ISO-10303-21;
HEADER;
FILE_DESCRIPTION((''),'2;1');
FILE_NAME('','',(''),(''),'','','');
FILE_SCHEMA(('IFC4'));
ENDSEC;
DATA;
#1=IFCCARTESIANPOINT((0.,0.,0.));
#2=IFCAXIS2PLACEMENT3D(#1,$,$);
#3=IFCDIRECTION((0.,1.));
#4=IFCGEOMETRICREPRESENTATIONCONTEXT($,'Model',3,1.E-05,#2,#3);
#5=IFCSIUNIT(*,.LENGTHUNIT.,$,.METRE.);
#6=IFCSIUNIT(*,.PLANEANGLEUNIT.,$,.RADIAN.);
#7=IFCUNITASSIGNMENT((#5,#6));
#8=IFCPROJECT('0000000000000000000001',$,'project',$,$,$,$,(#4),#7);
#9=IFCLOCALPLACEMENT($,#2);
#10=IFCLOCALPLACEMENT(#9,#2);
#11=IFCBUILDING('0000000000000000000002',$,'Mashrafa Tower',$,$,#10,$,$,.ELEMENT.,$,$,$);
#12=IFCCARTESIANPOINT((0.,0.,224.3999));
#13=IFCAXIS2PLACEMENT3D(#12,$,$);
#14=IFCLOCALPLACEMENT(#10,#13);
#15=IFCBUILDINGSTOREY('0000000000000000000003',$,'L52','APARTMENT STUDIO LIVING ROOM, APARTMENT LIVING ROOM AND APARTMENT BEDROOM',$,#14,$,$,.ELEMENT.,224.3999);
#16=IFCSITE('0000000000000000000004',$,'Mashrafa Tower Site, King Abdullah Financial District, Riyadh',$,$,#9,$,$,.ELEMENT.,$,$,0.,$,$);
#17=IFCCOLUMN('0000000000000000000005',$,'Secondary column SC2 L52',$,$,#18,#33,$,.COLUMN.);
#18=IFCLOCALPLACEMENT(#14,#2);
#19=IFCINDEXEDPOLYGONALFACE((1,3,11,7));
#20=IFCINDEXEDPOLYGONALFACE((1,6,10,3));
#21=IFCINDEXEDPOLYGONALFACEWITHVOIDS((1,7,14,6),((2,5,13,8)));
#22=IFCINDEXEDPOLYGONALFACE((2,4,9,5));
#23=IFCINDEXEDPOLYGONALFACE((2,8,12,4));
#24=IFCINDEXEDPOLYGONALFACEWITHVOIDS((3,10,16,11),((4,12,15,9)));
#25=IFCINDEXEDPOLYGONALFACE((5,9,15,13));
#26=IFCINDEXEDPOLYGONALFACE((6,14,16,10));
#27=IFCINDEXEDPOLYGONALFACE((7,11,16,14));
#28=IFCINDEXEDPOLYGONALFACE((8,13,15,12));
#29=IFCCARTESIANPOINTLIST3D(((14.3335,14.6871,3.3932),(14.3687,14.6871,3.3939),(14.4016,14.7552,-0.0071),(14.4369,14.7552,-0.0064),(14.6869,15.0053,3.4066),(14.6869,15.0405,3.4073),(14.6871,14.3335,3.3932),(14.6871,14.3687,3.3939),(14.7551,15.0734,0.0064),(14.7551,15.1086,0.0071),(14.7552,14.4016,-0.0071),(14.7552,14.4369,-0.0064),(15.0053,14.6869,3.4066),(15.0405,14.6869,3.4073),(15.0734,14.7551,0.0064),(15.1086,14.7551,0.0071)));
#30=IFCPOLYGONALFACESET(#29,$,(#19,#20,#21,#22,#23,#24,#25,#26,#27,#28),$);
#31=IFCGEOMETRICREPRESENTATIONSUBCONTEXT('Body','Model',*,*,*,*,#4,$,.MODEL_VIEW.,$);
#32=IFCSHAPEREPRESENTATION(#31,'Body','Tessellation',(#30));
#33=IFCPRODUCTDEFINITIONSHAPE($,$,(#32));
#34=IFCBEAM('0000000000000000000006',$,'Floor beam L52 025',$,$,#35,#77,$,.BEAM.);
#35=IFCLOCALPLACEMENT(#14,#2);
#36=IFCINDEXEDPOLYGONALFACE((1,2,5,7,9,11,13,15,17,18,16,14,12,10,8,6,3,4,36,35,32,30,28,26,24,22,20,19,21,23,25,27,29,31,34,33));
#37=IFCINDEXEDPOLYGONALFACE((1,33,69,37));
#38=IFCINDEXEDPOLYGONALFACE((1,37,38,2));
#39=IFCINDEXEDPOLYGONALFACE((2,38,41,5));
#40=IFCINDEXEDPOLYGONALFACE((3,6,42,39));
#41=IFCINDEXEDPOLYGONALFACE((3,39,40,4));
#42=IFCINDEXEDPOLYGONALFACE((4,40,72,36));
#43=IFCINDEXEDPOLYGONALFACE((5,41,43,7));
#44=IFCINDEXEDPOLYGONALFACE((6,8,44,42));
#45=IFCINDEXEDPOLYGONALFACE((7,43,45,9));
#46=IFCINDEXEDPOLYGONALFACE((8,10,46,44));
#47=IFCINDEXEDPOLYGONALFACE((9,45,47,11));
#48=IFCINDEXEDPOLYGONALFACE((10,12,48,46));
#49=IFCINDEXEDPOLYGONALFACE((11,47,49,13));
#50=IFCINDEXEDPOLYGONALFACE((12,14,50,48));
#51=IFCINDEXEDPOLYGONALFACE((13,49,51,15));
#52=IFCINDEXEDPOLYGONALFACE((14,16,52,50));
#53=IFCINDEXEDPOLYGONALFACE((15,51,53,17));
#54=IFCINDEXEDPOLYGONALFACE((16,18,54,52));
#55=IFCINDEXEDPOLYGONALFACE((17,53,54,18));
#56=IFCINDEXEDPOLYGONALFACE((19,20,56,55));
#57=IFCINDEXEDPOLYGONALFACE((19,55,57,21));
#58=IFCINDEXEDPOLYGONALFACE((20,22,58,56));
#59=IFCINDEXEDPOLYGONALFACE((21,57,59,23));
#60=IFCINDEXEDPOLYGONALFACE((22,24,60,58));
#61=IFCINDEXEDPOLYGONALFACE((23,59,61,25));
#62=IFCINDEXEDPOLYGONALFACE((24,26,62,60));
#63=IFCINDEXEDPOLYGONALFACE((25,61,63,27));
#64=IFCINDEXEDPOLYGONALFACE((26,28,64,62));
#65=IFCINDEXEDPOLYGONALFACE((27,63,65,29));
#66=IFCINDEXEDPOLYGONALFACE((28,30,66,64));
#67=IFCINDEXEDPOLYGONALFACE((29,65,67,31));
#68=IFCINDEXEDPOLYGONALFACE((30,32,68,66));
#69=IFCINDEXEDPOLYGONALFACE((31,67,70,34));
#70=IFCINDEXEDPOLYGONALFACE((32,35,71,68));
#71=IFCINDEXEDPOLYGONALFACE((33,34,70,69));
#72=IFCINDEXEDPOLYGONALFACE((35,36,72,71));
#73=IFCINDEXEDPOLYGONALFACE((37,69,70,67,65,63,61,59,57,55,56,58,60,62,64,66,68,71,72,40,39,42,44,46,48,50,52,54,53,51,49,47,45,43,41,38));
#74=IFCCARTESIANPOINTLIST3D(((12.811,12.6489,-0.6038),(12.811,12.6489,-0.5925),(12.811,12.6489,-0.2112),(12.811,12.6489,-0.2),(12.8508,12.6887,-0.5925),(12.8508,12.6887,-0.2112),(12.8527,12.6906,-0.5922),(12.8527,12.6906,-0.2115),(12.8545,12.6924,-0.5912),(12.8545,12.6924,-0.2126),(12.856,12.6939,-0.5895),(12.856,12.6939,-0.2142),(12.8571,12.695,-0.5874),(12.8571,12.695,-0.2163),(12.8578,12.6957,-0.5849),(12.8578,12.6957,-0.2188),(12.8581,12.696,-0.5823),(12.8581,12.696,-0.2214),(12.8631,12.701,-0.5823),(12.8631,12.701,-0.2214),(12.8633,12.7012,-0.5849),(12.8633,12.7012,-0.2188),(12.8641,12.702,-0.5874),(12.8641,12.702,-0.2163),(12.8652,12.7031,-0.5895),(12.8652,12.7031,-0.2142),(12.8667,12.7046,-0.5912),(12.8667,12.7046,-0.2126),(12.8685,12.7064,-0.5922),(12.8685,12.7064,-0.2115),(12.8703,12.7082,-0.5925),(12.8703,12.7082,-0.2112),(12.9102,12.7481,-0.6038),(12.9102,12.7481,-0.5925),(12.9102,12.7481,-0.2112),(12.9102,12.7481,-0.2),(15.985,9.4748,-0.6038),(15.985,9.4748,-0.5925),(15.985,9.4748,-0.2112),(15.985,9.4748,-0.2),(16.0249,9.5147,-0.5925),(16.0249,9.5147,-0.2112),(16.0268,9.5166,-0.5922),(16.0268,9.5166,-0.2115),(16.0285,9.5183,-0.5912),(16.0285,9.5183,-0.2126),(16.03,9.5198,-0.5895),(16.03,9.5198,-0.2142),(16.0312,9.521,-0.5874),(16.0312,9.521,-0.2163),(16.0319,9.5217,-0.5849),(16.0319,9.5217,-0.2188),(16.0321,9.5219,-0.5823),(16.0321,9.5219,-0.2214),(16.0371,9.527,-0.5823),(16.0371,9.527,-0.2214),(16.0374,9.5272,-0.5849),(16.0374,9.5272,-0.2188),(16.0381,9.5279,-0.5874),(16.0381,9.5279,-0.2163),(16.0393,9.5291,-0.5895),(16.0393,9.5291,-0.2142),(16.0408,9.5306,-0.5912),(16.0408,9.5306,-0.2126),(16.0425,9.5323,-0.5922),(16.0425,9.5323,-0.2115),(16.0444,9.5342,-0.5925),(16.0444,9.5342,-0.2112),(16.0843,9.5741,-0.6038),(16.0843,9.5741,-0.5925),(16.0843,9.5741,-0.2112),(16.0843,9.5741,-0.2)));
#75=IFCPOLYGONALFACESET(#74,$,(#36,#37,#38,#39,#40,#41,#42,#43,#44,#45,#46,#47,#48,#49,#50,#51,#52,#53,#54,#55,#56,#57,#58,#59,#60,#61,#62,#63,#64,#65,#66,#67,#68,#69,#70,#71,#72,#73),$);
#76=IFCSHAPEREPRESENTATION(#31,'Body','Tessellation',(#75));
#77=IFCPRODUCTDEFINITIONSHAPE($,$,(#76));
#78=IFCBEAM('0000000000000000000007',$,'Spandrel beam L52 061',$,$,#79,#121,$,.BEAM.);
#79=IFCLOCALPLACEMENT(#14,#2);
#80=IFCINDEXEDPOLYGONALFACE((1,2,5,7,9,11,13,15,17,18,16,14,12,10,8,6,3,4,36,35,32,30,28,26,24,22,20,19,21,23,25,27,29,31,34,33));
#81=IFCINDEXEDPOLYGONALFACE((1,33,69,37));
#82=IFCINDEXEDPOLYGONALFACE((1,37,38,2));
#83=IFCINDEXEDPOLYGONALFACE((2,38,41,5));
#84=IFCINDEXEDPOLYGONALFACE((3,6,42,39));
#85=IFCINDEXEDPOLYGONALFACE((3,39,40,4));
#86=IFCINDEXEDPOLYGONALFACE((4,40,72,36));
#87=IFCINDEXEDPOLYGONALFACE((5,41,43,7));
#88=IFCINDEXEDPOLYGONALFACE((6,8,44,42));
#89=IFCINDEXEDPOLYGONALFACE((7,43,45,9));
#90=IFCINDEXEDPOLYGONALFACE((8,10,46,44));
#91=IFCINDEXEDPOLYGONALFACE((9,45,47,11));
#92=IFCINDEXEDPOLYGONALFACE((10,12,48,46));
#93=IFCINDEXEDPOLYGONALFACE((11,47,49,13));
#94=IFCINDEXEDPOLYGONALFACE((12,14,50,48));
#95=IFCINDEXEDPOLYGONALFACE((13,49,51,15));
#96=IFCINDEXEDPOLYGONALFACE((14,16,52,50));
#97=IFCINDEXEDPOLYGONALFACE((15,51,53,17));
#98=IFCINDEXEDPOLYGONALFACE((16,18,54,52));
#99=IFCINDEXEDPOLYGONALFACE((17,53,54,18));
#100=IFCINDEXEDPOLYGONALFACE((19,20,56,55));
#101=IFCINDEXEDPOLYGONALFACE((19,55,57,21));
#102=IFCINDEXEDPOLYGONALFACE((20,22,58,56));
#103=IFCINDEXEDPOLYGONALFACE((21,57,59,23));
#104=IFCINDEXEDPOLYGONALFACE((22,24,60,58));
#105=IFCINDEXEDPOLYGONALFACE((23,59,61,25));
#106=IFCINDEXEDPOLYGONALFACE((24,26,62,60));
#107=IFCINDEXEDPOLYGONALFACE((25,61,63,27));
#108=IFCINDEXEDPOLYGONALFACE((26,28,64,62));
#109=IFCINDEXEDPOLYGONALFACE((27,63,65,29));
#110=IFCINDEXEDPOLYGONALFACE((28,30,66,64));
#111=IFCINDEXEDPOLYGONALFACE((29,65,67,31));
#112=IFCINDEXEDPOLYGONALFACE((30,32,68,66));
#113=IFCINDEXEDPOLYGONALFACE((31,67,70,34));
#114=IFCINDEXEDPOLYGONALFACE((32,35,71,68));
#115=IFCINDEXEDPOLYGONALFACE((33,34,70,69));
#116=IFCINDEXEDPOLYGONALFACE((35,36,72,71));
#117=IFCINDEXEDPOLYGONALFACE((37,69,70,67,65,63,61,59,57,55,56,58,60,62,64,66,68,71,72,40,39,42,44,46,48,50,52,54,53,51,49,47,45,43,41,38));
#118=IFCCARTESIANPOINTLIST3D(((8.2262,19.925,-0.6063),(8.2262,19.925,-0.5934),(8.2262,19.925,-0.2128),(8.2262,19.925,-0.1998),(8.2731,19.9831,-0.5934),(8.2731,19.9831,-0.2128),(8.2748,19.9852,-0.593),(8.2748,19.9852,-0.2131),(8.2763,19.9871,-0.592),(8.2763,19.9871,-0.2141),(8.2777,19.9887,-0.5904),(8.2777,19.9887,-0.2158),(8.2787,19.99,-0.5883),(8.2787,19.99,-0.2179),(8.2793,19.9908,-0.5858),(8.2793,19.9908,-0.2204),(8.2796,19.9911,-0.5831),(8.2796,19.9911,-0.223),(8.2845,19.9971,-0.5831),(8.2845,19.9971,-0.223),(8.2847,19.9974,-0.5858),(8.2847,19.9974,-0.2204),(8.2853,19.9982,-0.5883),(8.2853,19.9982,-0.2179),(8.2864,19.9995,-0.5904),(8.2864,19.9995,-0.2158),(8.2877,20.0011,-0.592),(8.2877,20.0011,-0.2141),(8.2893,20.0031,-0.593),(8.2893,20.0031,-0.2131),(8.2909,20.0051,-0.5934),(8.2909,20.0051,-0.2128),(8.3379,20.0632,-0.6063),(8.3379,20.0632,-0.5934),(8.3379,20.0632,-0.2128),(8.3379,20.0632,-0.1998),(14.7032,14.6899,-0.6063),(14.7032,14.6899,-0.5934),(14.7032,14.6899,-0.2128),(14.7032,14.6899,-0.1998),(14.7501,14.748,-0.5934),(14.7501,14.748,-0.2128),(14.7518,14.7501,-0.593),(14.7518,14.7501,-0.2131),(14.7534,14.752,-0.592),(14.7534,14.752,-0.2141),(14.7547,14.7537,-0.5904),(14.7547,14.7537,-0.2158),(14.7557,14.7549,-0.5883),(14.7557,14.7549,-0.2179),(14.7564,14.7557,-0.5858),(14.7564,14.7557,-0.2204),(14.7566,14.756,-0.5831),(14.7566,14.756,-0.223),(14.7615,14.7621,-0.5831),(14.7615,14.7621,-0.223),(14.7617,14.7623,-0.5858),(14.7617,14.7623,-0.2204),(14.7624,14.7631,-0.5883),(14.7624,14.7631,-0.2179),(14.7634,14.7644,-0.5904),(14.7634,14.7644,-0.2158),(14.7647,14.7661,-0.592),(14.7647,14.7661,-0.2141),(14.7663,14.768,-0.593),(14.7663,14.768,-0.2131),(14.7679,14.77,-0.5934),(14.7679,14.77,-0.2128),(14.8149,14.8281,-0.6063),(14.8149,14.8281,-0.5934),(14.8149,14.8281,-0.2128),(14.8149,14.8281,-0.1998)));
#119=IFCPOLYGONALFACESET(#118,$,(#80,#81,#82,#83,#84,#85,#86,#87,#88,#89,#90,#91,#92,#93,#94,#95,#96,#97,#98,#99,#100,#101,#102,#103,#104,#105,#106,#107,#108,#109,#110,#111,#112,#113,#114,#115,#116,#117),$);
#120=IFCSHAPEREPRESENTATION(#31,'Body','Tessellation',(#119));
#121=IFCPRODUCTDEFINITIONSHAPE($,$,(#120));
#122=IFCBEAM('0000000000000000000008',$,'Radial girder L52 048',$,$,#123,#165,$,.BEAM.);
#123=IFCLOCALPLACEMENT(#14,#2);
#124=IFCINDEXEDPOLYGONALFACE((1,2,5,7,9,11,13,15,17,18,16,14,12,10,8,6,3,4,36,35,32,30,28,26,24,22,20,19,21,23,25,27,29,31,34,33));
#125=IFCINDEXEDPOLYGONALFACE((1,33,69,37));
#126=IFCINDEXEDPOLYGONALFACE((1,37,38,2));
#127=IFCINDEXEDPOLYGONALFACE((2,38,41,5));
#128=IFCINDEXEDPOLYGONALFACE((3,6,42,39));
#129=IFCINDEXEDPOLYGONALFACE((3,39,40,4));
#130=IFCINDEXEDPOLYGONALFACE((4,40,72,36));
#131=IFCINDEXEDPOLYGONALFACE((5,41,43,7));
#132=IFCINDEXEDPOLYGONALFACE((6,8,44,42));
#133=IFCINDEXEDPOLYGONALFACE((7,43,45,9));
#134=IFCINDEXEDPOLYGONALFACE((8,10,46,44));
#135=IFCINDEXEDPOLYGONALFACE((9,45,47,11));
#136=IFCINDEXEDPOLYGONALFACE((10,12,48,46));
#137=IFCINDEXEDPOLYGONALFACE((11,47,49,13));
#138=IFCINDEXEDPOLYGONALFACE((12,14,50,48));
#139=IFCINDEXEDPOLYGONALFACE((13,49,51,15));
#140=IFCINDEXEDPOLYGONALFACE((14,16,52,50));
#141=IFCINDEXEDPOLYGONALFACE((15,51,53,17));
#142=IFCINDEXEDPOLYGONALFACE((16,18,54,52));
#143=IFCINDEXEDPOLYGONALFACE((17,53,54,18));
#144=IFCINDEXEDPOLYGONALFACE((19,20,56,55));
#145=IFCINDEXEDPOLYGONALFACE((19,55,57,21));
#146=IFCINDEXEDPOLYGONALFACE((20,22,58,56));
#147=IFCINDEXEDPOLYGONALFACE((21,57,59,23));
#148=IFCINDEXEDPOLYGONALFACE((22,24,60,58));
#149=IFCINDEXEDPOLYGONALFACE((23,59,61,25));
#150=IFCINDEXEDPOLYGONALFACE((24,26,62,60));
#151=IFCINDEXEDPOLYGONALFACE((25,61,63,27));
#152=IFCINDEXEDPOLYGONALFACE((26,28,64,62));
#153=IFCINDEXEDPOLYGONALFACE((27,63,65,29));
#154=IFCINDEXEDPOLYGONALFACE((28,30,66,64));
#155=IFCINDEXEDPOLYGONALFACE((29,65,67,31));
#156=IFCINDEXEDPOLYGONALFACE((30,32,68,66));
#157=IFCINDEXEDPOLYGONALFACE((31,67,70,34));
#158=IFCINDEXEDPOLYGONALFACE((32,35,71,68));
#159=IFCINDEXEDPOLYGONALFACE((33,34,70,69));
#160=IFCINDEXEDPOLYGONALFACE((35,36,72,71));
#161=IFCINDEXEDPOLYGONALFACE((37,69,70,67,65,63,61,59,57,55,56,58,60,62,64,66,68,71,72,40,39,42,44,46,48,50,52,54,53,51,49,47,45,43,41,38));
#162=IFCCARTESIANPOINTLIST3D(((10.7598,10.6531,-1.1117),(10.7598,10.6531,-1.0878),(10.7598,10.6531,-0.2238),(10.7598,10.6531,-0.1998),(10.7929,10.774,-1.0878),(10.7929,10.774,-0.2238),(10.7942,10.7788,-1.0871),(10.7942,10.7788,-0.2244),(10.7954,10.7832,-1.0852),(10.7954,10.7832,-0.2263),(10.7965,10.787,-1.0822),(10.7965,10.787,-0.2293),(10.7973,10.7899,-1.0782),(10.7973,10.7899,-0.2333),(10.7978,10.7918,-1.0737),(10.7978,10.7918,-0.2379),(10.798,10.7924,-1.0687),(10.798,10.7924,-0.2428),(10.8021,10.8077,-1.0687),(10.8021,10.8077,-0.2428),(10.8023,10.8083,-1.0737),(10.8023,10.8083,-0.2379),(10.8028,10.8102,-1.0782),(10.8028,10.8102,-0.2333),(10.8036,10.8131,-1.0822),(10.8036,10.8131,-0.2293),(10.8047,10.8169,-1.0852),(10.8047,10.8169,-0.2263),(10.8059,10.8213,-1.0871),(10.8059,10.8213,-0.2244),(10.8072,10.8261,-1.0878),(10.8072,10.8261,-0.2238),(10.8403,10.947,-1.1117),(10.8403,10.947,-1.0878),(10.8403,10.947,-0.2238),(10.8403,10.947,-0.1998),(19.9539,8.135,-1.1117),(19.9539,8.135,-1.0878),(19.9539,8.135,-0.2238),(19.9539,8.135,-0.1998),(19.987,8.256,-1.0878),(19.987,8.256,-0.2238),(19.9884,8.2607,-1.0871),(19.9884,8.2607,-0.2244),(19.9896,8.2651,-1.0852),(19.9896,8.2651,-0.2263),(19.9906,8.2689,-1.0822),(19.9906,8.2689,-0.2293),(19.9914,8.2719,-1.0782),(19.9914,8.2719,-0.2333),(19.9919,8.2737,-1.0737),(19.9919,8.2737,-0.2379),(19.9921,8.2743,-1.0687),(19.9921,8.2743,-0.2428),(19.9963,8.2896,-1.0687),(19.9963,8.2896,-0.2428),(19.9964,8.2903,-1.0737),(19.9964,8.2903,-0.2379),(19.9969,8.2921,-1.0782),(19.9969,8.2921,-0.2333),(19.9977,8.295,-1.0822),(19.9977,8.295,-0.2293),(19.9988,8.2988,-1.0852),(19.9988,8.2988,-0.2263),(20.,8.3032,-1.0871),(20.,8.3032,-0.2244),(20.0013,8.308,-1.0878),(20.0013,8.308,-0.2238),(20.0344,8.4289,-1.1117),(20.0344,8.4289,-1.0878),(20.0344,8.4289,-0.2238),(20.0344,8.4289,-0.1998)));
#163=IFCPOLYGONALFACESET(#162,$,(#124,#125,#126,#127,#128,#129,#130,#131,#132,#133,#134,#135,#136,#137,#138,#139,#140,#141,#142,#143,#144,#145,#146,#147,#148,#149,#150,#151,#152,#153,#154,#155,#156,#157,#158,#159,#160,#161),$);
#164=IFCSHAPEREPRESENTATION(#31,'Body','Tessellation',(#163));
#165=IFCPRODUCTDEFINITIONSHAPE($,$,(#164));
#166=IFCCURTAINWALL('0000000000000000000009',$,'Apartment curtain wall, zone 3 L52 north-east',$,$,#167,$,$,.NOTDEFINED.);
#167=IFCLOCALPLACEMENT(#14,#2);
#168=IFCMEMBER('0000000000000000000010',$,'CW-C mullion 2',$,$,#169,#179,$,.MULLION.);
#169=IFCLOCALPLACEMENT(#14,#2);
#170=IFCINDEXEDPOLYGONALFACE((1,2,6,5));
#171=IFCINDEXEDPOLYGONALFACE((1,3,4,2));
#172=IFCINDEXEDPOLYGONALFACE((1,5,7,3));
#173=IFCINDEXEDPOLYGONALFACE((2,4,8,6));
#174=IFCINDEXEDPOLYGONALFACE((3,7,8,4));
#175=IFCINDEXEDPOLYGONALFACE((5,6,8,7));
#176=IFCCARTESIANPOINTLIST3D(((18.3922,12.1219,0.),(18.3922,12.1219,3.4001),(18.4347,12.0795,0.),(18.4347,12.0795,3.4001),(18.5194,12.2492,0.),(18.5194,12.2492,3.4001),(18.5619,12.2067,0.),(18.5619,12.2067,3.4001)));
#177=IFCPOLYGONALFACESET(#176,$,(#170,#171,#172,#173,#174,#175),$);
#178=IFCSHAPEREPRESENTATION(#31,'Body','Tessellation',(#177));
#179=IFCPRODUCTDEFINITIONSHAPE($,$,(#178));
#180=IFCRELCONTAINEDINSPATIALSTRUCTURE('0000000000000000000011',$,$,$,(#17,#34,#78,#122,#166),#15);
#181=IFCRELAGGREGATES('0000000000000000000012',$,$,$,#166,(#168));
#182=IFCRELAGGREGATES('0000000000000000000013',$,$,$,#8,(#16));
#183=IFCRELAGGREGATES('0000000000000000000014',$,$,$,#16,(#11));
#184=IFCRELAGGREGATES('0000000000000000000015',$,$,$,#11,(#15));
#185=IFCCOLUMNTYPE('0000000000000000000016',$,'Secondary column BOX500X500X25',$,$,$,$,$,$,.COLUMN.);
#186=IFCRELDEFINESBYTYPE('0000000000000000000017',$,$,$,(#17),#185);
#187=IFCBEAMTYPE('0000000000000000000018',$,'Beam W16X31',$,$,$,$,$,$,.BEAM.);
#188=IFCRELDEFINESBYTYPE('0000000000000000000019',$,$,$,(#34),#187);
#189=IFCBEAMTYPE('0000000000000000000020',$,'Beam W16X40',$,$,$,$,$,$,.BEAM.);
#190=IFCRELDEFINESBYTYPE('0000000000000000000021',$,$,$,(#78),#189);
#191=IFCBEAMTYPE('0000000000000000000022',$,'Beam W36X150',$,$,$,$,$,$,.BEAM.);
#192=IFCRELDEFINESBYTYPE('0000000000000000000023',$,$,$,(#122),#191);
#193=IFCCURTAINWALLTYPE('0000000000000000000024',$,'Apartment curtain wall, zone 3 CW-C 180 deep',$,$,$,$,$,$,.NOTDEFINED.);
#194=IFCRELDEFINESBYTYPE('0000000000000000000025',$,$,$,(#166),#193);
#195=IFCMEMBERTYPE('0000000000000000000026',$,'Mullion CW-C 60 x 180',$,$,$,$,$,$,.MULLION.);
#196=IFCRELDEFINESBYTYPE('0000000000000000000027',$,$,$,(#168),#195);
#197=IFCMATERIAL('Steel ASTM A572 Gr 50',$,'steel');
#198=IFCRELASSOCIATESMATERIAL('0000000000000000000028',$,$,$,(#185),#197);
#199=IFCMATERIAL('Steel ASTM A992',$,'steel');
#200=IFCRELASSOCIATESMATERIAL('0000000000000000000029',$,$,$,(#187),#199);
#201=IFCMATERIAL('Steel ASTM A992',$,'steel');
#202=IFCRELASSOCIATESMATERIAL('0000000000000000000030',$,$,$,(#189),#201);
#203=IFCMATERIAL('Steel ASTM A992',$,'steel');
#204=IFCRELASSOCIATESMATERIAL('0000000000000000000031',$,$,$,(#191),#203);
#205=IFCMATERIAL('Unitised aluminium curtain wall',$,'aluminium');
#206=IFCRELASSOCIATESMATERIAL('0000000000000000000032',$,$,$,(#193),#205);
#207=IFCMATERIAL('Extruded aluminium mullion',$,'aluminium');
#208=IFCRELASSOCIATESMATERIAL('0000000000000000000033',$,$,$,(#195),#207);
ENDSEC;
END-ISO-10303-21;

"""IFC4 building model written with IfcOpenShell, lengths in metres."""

from ifc_helpers import new_model, si_unit, direction, frame, origin, origin_2d, place, context, subcontext, project, spatial, rectangle, hollow_rectangle, i_section, extrude, source, transform, mapped, material, material_profile, profile_set, type_object, type_shapes, element, aggregate, save


model = new_model("IFC4")

# Units and contexts
model_context = context("Model", 3, precision=1e-05, world=origin(), true_north=direction((0.0, 1.0)))
body_context = subcontext(model_context, "Body", "Model", "MODEL_VIEW")
ifc_project = project(units=[si_unit("LENGTHUNIT", "METRE"), si_unit("PLANEANGLEUNIT", "RADIAN")], contexts=[model_context])

# Site, building, storey
site_placement = place(None, origin())
site = spatial("IfcSite", under=ifc_project, at=site_placement, Name="Mashrafa Tower Site, King Abdullah Financial District, Riyadh", CompositionType="ELEMENT", RefElevation=0.0)
building_placement = place(site_placement, origin())
building = spatial("IfcBuilding", under=site, at=building_placement, Name="Mashrafa Tower", CompositionType="ELEMENT")
storey_placement = place(building_placement, frame((0.0, 0.0, 224.3999)))
storey = spatial("IfcBuildingStorey", under=building, at=storey_placement, Name="L52", Description="APARTMENT STUDIO LIVING ROOM, APARTMENT LIVING ROOM AND APARTMENT BEDROOM", CompositionType="ELEMENT", Elevation=224.3999)

# Column
ifc_material_1 = material(Name="Steel ASTM A572 Gr 50", Category="steel")
ifc_material_profile_1 = material_profile(ifc_material_1, hollow_rectangle(XDim=0.5, YDim=0.5, WallThickness=0.0249, at=origin_2d()), Name="BOX500X500X25")
ifc_profile_set_1 = profile_set([ifc_material_profile_1], Name="Steel ASTM A572 Gr 50")
column_type = type_object("IfcColumnType", Name="Secondary column BOX500X500X25", PredefinedType="COLUMN", material=ifc_profile_set_1)
column_placement = place(storey_placement, frame((14.7551, 14.7551, 0.0), z_axis=(-0.020025, -0.020025, 0.999599), x_axis=(0.707107, -0.707107, 0.0)))
element("IfcColumn", 1, at=column_placement, inside=storey, type_object=column_type, Name="Secondary column SC2 L52", PredefinedType="COLUMN", context=body_context, shape_type="SweptSolid", body=[
    extrude(hollow_rectangle(XDim=0.5, YDim=0.5, WallThickness=0.0249, at=origin_2d()), origin(), (0.0, 0.0, 1.0), 3.4016),
])

# Beams
ifc_material_2 = material(Name="Steel ASTM A992", Category="steel")
ifc_material_profile_2 = material_profile(ifc_material_2, i_section(OverallWidth=0.1404, OverallDepth=0.4038, WebThickness=0.0071, FlangeThickness=0.0112, FilletRadius=0.0103, at=origin_2d()), Name="W16X31")
ifc_profile_set_2 = profile_set([ifc_material_profile_2], Name="Steel ASTM A992")
beam_type_1 = type_object("IfcBeamType", Name="Beam W16X31", PredefinedType="BEAM", material=ifc_profile_set_2)
beam_1_placement = place(storey_placement, frame((12.8606, 12.6985, -0.4019), z_axis=(0.707107, -0.707107, 0.0), x_axis=(0.707107, 0.707107, 0.0)))
element("IfcBeam", 2, at=beam_1_placement, inside=storey, type_object=beam_type_1, Name="Floor beam L52 025", PredefinedType="BEAM", context=body_context, shape_type="SweptSolid", body=[
    extrude(i_section(OverallWidth=0.1404, OverallDepth=0.4038, WebThickness=0.0071, FlangeThickness=0.0112, FilletRadius=0.0103, at=origin_2d()), origin(), (0.0, 0.0, 1.0), 4.4888),
])
ifc_material_3 = material(Name="Steel ASTM A992", Category="steel")
ifc_material_profile_3 = material_profile(ifc_material_3, i_section(OverallWidth=0.1777, OverallDepth=0.4065, WebThickness=0.0078, FlangeThickness=0.0129, FilletRadius=0.0103, at=origin_2d()), Name="W16X40")
ifc_profile_set_3 = profile_set([ifc_material_profile_3], Name="Steel ASTM A992")
beam_type_2 = type_object("IfcBeamType", Name="Beam W16X40", PredefinedType="BEAM", material=ifc_profile_set_3)
beam_2_placement = place(storey_placement, frame((14.759, 14.759, -0.4031), z_axis=(-0.777727, 0.628602, 0.0), x_axis=(-0.628602, -0.777727, 0.0)))
element("IfcBeam", 3, at=beam_2_placement, inside=storey, type_object=beam_type_2, Name="Spandrel beam L52 061", PredefinedType="BEAM", context=body_context, shape_type="SweptSolid", body=[
    extrude(i_section(OverallWidth=0.1777, OverallDepth=0.4065, WebThickness=0.0078, FlangeThickness=0.0129, FilletRadius=0.0103, at=origin_2d()), origin(), (0.0, 0.0, 1.0), 8.3281),
])
ifc_material_4 = material(Name="Steel ASTM A992", Category="steel")
ifc_material_profile_4 = material_profile(ifc_material_4, i_section(OverallWidth=0.3047, OverallDepth=0.9119, WebThickness=0.0159, FlangeThickness=0.0239, FilletRadius=0.019, at=origin_2d()), Name="W36X150")
ifc_profile_set_4 = profile_set([ifc_material_profile_4], Name="Steel ASTM A992")
beam_type_3 = type_object("IfcBeamType", Name="Beam W36X150", PredefinedType="BEAM", material=ifc_profile_set_4)
beam_3_placement = place(storey_placement, frame((10.8, 10.8, -0.6558), z_axis=(0.964481, -0.264151, 0.0), x_axis=(0.264151, 0.964481, 0.0)))
element("IfcBeam", 4, at=beam_3_placement, inside=storey, type_object=beam_type_3, Name="Radial girder L52 048", PredefinedType="BEAM", context=body_context, shape_type="SweptSolid", body=[
    extrude(i_section(OverallWidth=0.3047, OverallDepth=0.9119, WebThickness=0.0159, FlangeThickness=0.0239, FilletRadius=0.019, at=origin_2d()), origin(), (0.0, 0.0, 1.0), 9.5327),
])

# Curtain wall, member
ifc_material_5 = material(Name="Unitised aluminium curtain wall", Category="aluminium")
curtain_wall_type = type_object("IfcCurtainWallType", Name="Apartment curtain wall, zone 3 CW-C 180 deep", PredefinedType="NOTDEFINED", material=ifc_material_5)
curtain_wall_placement = place(storey_placement, origin())
curtain_wall = element("IfcCurtainWall", 5, at=curtain_wall_placement, inside=storey, type_object=curtain_wall_type, Name="Apartment curtain wall, zone 3 L52 north-east", PredefinedType="NOTDEFINED")
ifc_material_6 = material(Name="Extruded aluminium mullion", Category="aluminium")
ifc_material_profile_5 = material_profile(ifc_material_6, rectangle(XDim=0.1799, YDim=0.0601, at=origin_2d()), Name="Mullion 60x180")
ifc_profile_set_5 = profile_set([ifc_material_profile_5], Name="Extruded aluminium mullion")
member_type_1 = type_object("IfcMemberType", Name="Mullion CW-C 60 x 180", PredefinedType="MULLION", material=ifc_profile_set_5)
shared_shape_1 = source(origin(), body_context, "Body", "SweptSolid", [
    extrude(rectangle(XDim=0.1799, YDim=0.0601, at=origin_2d()), origin(), (0.0, 0.0, 1.0), 3.4001),
])
type_shapes(member_type_1, [shared_shape_1])
member_1_placement = place(storey_placement, frame((18.4771, 12.1643, 0.0), z_axis=(0.0, 0.0, 1.0), x_axis=(-0.707107, -0.707107, 0.0)))
member_1 = element("IfcMember", 6, at=member_1_placement, type_object=member_type_1, Name="CW-C mullion 2", PredefinedType="MULLION", context=body_context, shape_type="MappedRepresentation", body=[
    mapped(shared_shape_1, transform((0.0, 0.0, 0.0))),
])
aggregate(curtain_wall, [member_1])

save(model, "model.ifc")
